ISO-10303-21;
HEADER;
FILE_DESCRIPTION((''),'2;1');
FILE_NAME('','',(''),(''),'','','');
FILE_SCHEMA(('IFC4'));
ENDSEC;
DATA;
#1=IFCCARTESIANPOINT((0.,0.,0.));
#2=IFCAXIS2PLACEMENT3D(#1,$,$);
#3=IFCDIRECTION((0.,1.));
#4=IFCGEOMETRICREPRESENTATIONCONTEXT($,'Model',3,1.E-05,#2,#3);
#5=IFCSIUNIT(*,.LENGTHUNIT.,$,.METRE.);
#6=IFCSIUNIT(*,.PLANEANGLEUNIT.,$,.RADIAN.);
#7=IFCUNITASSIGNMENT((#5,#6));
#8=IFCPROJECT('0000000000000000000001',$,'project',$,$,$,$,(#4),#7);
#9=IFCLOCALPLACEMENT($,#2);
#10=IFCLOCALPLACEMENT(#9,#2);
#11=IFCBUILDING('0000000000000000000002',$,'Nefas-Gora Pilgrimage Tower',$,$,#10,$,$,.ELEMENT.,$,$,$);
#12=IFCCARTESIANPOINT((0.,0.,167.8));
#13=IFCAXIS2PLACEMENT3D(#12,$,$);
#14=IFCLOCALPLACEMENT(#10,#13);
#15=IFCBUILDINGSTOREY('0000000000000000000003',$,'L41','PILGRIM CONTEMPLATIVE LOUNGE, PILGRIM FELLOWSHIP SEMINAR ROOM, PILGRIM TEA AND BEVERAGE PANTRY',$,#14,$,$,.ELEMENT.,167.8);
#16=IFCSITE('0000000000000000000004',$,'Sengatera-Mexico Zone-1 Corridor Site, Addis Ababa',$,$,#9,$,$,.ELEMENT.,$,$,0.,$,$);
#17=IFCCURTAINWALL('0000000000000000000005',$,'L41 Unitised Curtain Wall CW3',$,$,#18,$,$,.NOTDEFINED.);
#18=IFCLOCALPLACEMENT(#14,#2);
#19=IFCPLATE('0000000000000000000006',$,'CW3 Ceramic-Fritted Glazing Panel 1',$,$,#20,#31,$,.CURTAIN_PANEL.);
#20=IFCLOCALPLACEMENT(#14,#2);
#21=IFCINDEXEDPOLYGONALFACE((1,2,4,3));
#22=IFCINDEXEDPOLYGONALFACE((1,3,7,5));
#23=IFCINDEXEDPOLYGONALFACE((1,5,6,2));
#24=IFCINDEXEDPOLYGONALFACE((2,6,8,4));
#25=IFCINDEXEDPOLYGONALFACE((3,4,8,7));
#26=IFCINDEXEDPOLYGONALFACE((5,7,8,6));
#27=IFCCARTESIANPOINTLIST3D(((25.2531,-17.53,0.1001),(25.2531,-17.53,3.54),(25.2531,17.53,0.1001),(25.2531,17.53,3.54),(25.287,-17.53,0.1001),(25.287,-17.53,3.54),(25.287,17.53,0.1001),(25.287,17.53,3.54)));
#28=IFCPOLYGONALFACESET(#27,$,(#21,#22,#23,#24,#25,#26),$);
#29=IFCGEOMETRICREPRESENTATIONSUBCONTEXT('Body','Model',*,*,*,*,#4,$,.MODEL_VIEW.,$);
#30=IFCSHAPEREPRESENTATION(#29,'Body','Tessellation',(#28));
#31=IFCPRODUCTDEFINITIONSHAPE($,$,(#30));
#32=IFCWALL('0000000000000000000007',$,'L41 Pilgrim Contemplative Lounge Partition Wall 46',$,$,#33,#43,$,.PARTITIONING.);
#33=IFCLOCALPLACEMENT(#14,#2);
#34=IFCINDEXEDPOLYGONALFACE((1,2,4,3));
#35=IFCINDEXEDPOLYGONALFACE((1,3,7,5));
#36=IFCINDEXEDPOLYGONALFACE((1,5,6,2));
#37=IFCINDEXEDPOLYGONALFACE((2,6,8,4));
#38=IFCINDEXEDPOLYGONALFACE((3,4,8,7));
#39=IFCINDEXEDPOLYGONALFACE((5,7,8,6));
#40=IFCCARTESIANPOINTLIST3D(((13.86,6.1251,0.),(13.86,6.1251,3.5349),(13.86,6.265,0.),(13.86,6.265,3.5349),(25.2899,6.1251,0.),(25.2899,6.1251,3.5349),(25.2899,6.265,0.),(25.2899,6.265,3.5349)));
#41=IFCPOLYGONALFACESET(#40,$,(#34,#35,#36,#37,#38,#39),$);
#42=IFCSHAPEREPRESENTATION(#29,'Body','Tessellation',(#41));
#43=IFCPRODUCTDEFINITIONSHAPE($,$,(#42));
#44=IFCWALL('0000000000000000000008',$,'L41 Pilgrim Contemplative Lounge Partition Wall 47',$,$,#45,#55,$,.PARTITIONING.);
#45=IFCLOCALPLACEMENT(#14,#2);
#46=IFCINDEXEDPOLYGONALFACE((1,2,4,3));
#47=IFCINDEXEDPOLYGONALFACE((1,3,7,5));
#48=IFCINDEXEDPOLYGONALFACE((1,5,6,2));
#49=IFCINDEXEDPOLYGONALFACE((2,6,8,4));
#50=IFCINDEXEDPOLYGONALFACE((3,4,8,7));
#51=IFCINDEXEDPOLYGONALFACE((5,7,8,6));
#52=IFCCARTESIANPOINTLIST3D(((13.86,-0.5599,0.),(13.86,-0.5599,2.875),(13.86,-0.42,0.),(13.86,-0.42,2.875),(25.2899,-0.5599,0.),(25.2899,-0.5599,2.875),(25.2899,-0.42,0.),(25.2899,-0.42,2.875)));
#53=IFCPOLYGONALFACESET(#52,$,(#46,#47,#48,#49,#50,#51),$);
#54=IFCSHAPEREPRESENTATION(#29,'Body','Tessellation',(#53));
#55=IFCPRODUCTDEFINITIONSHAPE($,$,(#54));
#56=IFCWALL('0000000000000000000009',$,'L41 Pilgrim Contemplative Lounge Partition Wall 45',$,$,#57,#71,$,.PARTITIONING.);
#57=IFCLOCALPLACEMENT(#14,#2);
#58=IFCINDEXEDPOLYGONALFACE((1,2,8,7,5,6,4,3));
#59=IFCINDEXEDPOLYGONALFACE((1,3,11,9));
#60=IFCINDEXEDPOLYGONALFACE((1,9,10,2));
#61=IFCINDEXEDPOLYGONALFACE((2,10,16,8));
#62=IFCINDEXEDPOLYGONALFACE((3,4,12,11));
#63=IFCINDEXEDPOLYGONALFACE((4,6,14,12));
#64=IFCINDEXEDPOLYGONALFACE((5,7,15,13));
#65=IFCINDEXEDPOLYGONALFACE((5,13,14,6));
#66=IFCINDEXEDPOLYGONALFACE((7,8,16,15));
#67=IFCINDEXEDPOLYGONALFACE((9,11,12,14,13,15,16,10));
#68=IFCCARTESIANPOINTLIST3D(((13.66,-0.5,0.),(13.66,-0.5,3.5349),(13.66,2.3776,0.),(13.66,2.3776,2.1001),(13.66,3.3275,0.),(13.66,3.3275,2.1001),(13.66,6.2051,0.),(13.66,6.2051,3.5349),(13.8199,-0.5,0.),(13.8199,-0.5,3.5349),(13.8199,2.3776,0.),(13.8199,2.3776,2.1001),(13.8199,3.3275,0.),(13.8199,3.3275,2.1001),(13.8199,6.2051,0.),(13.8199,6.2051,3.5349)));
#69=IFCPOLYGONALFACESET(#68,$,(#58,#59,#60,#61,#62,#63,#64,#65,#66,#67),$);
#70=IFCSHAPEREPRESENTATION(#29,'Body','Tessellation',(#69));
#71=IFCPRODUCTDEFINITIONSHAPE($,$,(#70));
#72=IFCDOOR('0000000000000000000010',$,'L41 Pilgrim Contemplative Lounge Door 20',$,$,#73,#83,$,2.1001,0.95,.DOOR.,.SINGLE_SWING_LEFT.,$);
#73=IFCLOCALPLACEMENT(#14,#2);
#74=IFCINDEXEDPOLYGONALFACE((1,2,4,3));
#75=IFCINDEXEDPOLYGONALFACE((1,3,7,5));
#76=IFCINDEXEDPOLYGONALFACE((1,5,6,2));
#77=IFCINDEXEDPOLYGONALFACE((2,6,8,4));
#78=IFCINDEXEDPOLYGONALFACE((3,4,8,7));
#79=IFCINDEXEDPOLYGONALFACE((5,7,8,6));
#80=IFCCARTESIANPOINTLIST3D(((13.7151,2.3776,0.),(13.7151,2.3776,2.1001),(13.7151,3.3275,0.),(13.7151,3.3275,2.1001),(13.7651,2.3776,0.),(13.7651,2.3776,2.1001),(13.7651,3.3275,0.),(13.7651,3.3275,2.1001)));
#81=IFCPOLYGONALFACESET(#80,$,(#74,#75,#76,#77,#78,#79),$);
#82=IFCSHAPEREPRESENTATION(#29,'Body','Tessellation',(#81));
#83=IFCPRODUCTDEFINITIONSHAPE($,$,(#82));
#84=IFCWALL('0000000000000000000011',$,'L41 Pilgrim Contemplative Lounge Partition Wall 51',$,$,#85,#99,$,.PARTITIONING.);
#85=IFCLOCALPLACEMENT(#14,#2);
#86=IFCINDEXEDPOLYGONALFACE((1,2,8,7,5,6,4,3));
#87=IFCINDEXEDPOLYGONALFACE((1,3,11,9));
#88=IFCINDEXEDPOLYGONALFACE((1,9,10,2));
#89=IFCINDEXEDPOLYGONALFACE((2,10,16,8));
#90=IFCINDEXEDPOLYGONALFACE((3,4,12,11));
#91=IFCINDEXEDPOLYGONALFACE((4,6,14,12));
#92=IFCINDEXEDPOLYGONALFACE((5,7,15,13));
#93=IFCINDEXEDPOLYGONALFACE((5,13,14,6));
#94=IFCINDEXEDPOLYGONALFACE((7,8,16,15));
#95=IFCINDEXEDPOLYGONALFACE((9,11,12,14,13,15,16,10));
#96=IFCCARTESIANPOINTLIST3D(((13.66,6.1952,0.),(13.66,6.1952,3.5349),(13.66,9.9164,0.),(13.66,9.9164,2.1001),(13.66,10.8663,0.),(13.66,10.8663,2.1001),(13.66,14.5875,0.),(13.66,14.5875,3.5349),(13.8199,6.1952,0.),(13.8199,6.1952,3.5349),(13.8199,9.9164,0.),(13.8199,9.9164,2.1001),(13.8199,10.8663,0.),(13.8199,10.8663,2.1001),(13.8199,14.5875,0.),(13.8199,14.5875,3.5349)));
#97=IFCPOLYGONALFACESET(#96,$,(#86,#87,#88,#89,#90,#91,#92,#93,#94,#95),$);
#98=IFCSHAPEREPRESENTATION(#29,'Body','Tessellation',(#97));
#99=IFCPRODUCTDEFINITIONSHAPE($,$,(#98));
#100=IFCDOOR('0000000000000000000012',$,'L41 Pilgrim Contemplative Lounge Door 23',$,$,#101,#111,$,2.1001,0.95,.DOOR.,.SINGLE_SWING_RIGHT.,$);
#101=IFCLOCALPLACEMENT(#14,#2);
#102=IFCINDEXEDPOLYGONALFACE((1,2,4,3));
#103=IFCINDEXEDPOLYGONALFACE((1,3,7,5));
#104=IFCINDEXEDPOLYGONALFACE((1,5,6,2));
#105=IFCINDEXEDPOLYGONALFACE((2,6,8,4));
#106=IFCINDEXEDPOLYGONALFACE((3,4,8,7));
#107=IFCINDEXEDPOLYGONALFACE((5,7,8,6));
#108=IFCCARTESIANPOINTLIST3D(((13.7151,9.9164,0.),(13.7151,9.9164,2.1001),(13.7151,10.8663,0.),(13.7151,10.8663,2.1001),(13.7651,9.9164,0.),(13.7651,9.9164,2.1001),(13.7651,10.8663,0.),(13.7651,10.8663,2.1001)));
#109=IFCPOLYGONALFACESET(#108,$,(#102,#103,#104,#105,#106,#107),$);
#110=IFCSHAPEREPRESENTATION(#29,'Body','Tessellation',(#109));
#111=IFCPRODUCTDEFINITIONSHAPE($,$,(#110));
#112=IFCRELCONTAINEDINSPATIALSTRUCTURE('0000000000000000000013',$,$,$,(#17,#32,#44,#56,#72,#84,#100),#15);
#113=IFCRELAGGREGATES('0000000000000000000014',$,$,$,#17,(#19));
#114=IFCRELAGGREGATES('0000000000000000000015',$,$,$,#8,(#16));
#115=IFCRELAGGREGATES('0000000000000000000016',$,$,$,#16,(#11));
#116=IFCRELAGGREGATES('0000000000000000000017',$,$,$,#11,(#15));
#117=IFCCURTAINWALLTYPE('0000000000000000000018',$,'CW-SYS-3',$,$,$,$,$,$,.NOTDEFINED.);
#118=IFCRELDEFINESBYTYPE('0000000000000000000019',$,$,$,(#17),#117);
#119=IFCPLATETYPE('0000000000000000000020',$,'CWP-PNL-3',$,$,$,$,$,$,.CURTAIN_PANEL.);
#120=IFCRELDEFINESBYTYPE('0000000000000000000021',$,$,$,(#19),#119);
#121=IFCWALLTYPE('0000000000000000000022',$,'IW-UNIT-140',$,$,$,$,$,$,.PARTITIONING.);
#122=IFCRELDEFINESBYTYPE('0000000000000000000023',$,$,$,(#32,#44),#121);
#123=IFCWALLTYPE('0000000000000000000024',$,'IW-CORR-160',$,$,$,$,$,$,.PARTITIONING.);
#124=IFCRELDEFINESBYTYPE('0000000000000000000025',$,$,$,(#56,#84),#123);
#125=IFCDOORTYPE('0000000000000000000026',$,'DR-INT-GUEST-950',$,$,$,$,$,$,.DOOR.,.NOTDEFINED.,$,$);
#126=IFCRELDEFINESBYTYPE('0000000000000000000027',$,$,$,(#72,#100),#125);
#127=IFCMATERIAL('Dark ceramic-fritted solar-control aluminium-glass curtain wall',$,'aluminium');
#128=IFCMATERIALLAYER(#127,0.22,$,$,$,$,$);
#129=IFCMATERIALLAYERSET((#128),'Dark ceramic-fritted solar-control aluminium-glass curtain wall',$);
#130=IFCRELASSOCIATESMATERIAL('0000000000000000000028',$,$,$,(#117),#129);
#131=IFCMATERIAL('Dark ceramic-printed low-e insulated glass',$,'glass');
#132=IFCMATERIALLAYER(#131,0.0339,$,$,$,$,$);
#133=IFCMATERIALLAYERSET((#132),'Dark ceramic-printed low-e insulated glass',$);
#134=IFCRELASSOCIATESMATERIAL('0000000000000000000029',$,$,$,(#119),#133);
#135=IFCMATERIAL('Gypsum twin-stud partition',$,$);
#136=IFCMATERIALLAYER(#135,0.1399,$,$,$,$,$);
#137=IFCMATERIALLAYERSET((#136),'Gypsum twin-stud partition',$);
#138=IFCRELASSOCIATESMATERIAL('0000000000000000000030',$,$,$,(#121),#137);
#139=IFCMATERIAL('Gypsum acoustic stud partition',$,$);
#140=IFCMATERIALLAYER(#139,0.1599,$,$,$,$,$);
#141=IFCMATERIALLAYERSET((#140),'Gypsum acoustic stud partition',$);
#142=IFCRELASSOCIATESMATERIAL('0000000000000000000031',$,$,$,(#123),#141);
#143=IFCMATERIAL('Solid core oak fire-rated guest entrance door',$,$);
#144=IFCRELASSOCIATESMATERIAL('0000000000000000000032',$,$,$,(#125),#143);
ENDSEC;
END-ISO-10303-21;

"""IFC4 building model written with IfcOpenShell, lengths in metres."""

from ifc_helpers import new_model, si_unit, direction, frame, frame_2d, origin, origin_2d, place, context, subcontext, project, spatial, rectangle, extrude, source, transform, mapped, material, layer, layer_set, type_object, element, fill, aggregate, save


model = new_model("IFC4")

# Units and contexts
model_context = context("Model", 3, precision=1e-05, world=origin(), true_north=direction((0.0, 1.0)))
body_context = subcontext(model_context, "Body", "Model", "MODEL_VIEW")
ifc_project = project(units=[si_unit("LENGTHUNIT", "METRE"), si_unit("PLANEANGLEUNIT", "RADIAN")], contexts=[model_context])

# Site, building, storey
site_placement = place(None, origin())
site = spatial("IfcSite", under=ifc_project, at=site_placement, Name="Sengatera-Mexico Zone-1 Corridor Site, Addis Ababa", CompositionType="ELEMENT", RefElevation=0.0)
building_placement = place(site_placement, origin())
building = spatial("IfcBuilding", under=site, at=building_placement, Name="Nefas-Gora Pilgrimage Tower", CompositionType="ELEMENT")
storey_placement = place(building_placement, frame((0.0, 0.0, 167.8)))
storey = spatial("IfcBuildingStorey", under=building, at=storey_placement, Name="L41", Description="PILGRIM CONTEMPLATIVE LOUNGE, PILGRIM FELLOWSHIP SEMINAR ROOM, PILGRIM TEA AND BEVERAGE PANTRY", CompositionType="ELEMENT", Elevation=167.8)

# Curtain wall, plate
ifc_material_1 = material(Name="Dark ceramic-fritted solar-control aluminium-glass curtain wall", Category="aluminium")
ifc_layer_1 = layer(ifc_material_1, 0.22)
ifc_layer_set_1 = layer_set([ifc_layer_1], Name="Dark ceramic-fritted solar-control aluminium-glass curtain wall")
curtain_wall_type = type_object("IfcCurtainWallType", Name="CW-SYS-3", PredefinedType="NOTDEFINED", material=ifc_layer_set_1)
curtain_wall_placement = place(storey_placement, origin())
curtain_wall = element("IfcCurtainWall", 1, at=curtain_wall_placement, inside=storey, type_object=curtain_wall_type, Name="L41 Unitised Curtain Wall CW3", PredefinedType="NOTDEFINED")
ifc_material_2 = material(Name="Dark ceramic-printed low-e insulated glass", Category="glass")
ifc_layer_2 = layer(ifc_material_2, 0.0339)
ifc_layer_set_2 = layer_set([ifc_layer_2], Name="Dark ceramic-printed low-e insulated glass")
plate_type = type_object("IfcPlateType", Name="CWP-PNL-3", PredefinedType="CURTAIN_PANEL", material=ifc_layer_set_2)
shared_shape_1 = source(origin(), body_context, "Body", "SweptSolid", [
    extrude(rectangle(XDim=35.0601, YDim=0.0339, at=origin_2d()), origin(), (0.0, 0.0, 1.0), 3.4399),
])
plate_placement = place(storey_placement, frame((25.27, 0.0, 0.1001), z_axis=(0.0, 0.0, 1.0), x_axis=(0.0, 1.0, 0.0)))
plate = element("IfcPlate", 2, at=plate_placement, type_object=plate_type, Name="CW3 Ceramic-Fritted Glazing Panel 1", PredefinedType="CURTAIN_PANEL", context=body_context, shape_type="MappedRepresentation", body=[
    mapped(shared_shape_1, transform((0.0, 0.0, 0.0), x_axis=(1.0, 0.0, 0.0), y_axis=(0.0, 1.0, 0.0), z_axis=(0.0, 0.0, 1.0), scale=1.0)),
])
aggregate(curtain_wall, [plate])

# Walls
ifc_material_3 = material(Name="Gypsum twin-stud partition")
ifc_layer_3 = layer(ifc_material_3, 0.1399)
ifc_layer_set_3 = layer_set([ifc_layer_3], Name="Gypsum twin-stud partition")
wall_type_1 = type_object("IfcWallType", Name="IW-UNIT-140", PredefinedType="PARTITIONING", material=ifc_layer_set_3)
shared_shape_2 = source(origin(), body_context, "Body", "SweptSolid", [
    extrude(rectangle(XDim=11.4299, YDim=0.1399, at=frame_2d((5.7148, 0.0))), origin(), (0.0, 0.0, 1.0), 3.5349),
])
wall_1_placement = place(storey_placement, frame((13.8601, 6.1951, 0.0), z_axis=(0.0, 0.0, 1.0), x_axis=(1.0, 0.0, 0.0)))
element("IfcWall", 3, at=wall_1_placement, inside=storey, type_object=wall_type_1, Name="L41 Pilgrim Contemplative Lounge Partition Wall 46", PredefinedType="PARTITIONING", context=body_context, shape_type="MappedRepresentation", body=[
    mapped(shared_shape_2, transform((0.0, 0.0, 0.0), x_axis=(1.0, 0.0, 0.0), y_axis=(0.0, 1.0, 0.0), z_axis=(0.0, 0.0, 1.0), scale=1.0)),
])
shared_shape_3 = source(origin(), body_context, "Body", "SweptSolid", [
    extrude(rectangle(XDim=11.4299, YDim=0.1399, at=frame_2d((5.7148, 0.0))), origin(), (0.0, 0.0, 1.0), 2.875),
])
wall_2_placement = place(storey_placement, frame((13.8601, -0.49, 0.0), z_axis=(0.0, 0.0, 1.0), x_axis=(1.0, 0.0, 0.0)))
element("IfcWall", 4, at=wall_2_placement, inside=storey, type_object=wall_type_1, Name="L41 Pilgrim Contemplative Lounge Partition Wall 47", PredefinedType="PARTITIONING", context=body_context, shape_type="MappedRepresentation", body=[
    mapped(shared_shape_3, transform((0.0, 0.0, 0.0), x_axis=(1.0, 0.0, 0.0), y_axis=(0.0, 1.0, 0.0), z_axis=(0.0, 0.0, 1.0), scale=1.0)),
])

# Walls, openings, doors
ifc_material_4 = material(Name="Gypsum acoustic stud partition")
ifc_layer_4 = layer(ifc_material_4, 0.1599)
ifc_layer_set_4 = layer_set([ifc_layer_4], Name="Gypsum acoustic stud partition")
wall_type_2 = type_object("IfcWallType", Name="IW-CORR-160", PredefinedType="PARTITIONING", material=ifc_layer_set_4)
shared_shape_4 = source(origin(), body_context, "Body", "SweptSolid", [
    extrude(rectangle(XDim=6.7051, YDim=0.1599, at=frame_2d((3.3525, 0.0))), origin(), (0.0, 0.0, 1.0), 3.5349),
])
wall_3_placement = place(storey_placement, frame((13.74, -0.5, 0.0), z_axis=(0.0, 0.0, 1.0), x_axis=(0.0, 1.0, 0.0)))
wall_3 = element("IfcWall", 5, at=wall_3_placement, inside=storey, type_object=wall_type_2, Name="L41 Pilgrim Contemplative Lounge Partition Wall 45", PredefinedType="PARTITIONING", context=body_context, shape_type="MappedRepresentation", body=[
    mapped(shared_shape_4, transform((0.0, 0.0, 0.0), x_axis=(1.0, 0.0, 0.0), y_axis=(0.0, 1.0, 0.0), z_axis=(0.0, 0.0, 1.0), scale=1.0)),
])
opening_1_placement = place(wall_3_placement, frame((2.8774, 0.0, 0.0)))
opening_1 = element("IfcOpeningElement", 6, at=opening_1_placement, cuts=wall_3, PredefinedType="OPENING", context=body_context, shape_type="SweptSolid", body=[
    extrude(rectangle(XDim=0.95, YDim=2.1001, at=frame_2d((0.4751, 1.05))), frame((0.0, 0.0898, 0.0), z_axis=(0.0, -1.0, 0.0), x_axis=(1.0, 0.0, 0.0)), (0.0, 0.0, 1.0), 0.1799),
])
ifc_material_5 = material(Name="Solid core oak fire-rated guest entrance door")
door_type = type_object("IfcDoorType", Name="DR-INT-GUEST-950", OperationType="NOTDEFINED", PredefinedType="DOOR", material=ifc_material_5)
shared_shape_5 = source(origin(), body_context, "Body", "SweptSolid", [
    extrude(rectangle(XDim=0.95, YDim=2.1001, at=frame_2d((0.4751, 1.05))), frame((0.0, 0.0249, 0.0), z_axis=(0.0, -1.0, 0.0), x_axis=(1.0, 0.0, 0.0)), (0.0, 0.0, 1.0), 0.05),
])
door_1_placement = place(opening_1_placement, origin())
door_1 = element("IfcDoor", 7, at=door_1_placement, inside=storey, type_object=door_type, Name="L41 Pilgrim Contemplative Lounge Door 20", OperationType="SINGLE_SWING_LEFT", OverallHeight=2.1001, OverallWidth=0.95, PredefinedType="DOOR", context=body_context, shape_type="MappedRepresentation", body=[
    mapped(shared_shape_5, transform((0.0, 0.0, 0.0), x_axis=(1.0, 0.0, 0.0), y_axis=(0.0, 1.0, 0.0), z_axis=(0.0, 0.0, 1.0), scale=1.0)),
])
fill(opening_1, door_1)
shared_shape_6 = source(origin(), body_context, "Body", "SweptSolid", [
    extrude(rectangle(XDim=8.3923, YDim=0.1599, at=frame_2d((4.1963, 0.0))), origin(), (0.0, 0.0, 1.0), 3.5349),
])
wall_4_placement = place(storey_placement, frame((13.74, 6.1951, 0.0), z_axis=(0.0, 0.0, 1.0), x_axis=(0.0, 1.0, 0.0)))
wall_4 = element("IfcWall", 8, at=wall_4_placement, inside=storey, type_object=wall_type_2, Name="L41 Pilgrim Contemplative Lounge Partition Wall 51", PredefinedType="PARTITIONING", context=body_context, shape_type="MappedRepresentation", body=[
    mapped(shared_shape_6, transform((0.0, 0.0, 0.0), x_axis=(1.0, 0.0, 0.0), y_axis=(0.0, 1.0, 0.0), z_axis=(0.0, 0.0, 1.0), scale=1.0)),
])
opening_2_placement = place(wall_4_placement, frame((3.7212, 0.0, 0.0)))
opening_2 = element("IfcOpeningElement", 9, at=opening_2_placement, cuts=wall_4, PredefinedType="OPENING", context=body_context, shape_type="SweptSolid", body=[
    extrude(rectangle(XDim=0.95, YDim=2.1001, at=frame_2d((0.4751, 1.05))), frame((0.0, 0.0898, 0.0), z_axis=(0.0, -1.0, 0.0), x_axis=(1.0, 0.0, 0.0)), (0.0, 0.0, 1.0), 0.1799),
])
door_2_placement = place(opening_2_placement, origin())
door_2 = element("IfcDoor", 10, at=door_2_placement, inside=storey, type_object=door_type, Name="L41 Pilgrim Contemplative Lounge Door 23", OperationType="SINGLE_SWING_RIGHT", OverallHeight=2.1001, OverallWidth=0.95, PredefinedType="DOOR", context=body_context, shape_type="MappedRepresentation", body=[
    mapped(shared_shape_5, transform((0.0, 0.0, 0.0), x_axis=(1.0, 0.0, 0.0), y_axis=(0.0, 1.0, 0.0), z_axis=(0.0, 0.0, 1.0), scale=1.0)),
])
fill(opening_2, door_2)

save(model, "model.ifc")
